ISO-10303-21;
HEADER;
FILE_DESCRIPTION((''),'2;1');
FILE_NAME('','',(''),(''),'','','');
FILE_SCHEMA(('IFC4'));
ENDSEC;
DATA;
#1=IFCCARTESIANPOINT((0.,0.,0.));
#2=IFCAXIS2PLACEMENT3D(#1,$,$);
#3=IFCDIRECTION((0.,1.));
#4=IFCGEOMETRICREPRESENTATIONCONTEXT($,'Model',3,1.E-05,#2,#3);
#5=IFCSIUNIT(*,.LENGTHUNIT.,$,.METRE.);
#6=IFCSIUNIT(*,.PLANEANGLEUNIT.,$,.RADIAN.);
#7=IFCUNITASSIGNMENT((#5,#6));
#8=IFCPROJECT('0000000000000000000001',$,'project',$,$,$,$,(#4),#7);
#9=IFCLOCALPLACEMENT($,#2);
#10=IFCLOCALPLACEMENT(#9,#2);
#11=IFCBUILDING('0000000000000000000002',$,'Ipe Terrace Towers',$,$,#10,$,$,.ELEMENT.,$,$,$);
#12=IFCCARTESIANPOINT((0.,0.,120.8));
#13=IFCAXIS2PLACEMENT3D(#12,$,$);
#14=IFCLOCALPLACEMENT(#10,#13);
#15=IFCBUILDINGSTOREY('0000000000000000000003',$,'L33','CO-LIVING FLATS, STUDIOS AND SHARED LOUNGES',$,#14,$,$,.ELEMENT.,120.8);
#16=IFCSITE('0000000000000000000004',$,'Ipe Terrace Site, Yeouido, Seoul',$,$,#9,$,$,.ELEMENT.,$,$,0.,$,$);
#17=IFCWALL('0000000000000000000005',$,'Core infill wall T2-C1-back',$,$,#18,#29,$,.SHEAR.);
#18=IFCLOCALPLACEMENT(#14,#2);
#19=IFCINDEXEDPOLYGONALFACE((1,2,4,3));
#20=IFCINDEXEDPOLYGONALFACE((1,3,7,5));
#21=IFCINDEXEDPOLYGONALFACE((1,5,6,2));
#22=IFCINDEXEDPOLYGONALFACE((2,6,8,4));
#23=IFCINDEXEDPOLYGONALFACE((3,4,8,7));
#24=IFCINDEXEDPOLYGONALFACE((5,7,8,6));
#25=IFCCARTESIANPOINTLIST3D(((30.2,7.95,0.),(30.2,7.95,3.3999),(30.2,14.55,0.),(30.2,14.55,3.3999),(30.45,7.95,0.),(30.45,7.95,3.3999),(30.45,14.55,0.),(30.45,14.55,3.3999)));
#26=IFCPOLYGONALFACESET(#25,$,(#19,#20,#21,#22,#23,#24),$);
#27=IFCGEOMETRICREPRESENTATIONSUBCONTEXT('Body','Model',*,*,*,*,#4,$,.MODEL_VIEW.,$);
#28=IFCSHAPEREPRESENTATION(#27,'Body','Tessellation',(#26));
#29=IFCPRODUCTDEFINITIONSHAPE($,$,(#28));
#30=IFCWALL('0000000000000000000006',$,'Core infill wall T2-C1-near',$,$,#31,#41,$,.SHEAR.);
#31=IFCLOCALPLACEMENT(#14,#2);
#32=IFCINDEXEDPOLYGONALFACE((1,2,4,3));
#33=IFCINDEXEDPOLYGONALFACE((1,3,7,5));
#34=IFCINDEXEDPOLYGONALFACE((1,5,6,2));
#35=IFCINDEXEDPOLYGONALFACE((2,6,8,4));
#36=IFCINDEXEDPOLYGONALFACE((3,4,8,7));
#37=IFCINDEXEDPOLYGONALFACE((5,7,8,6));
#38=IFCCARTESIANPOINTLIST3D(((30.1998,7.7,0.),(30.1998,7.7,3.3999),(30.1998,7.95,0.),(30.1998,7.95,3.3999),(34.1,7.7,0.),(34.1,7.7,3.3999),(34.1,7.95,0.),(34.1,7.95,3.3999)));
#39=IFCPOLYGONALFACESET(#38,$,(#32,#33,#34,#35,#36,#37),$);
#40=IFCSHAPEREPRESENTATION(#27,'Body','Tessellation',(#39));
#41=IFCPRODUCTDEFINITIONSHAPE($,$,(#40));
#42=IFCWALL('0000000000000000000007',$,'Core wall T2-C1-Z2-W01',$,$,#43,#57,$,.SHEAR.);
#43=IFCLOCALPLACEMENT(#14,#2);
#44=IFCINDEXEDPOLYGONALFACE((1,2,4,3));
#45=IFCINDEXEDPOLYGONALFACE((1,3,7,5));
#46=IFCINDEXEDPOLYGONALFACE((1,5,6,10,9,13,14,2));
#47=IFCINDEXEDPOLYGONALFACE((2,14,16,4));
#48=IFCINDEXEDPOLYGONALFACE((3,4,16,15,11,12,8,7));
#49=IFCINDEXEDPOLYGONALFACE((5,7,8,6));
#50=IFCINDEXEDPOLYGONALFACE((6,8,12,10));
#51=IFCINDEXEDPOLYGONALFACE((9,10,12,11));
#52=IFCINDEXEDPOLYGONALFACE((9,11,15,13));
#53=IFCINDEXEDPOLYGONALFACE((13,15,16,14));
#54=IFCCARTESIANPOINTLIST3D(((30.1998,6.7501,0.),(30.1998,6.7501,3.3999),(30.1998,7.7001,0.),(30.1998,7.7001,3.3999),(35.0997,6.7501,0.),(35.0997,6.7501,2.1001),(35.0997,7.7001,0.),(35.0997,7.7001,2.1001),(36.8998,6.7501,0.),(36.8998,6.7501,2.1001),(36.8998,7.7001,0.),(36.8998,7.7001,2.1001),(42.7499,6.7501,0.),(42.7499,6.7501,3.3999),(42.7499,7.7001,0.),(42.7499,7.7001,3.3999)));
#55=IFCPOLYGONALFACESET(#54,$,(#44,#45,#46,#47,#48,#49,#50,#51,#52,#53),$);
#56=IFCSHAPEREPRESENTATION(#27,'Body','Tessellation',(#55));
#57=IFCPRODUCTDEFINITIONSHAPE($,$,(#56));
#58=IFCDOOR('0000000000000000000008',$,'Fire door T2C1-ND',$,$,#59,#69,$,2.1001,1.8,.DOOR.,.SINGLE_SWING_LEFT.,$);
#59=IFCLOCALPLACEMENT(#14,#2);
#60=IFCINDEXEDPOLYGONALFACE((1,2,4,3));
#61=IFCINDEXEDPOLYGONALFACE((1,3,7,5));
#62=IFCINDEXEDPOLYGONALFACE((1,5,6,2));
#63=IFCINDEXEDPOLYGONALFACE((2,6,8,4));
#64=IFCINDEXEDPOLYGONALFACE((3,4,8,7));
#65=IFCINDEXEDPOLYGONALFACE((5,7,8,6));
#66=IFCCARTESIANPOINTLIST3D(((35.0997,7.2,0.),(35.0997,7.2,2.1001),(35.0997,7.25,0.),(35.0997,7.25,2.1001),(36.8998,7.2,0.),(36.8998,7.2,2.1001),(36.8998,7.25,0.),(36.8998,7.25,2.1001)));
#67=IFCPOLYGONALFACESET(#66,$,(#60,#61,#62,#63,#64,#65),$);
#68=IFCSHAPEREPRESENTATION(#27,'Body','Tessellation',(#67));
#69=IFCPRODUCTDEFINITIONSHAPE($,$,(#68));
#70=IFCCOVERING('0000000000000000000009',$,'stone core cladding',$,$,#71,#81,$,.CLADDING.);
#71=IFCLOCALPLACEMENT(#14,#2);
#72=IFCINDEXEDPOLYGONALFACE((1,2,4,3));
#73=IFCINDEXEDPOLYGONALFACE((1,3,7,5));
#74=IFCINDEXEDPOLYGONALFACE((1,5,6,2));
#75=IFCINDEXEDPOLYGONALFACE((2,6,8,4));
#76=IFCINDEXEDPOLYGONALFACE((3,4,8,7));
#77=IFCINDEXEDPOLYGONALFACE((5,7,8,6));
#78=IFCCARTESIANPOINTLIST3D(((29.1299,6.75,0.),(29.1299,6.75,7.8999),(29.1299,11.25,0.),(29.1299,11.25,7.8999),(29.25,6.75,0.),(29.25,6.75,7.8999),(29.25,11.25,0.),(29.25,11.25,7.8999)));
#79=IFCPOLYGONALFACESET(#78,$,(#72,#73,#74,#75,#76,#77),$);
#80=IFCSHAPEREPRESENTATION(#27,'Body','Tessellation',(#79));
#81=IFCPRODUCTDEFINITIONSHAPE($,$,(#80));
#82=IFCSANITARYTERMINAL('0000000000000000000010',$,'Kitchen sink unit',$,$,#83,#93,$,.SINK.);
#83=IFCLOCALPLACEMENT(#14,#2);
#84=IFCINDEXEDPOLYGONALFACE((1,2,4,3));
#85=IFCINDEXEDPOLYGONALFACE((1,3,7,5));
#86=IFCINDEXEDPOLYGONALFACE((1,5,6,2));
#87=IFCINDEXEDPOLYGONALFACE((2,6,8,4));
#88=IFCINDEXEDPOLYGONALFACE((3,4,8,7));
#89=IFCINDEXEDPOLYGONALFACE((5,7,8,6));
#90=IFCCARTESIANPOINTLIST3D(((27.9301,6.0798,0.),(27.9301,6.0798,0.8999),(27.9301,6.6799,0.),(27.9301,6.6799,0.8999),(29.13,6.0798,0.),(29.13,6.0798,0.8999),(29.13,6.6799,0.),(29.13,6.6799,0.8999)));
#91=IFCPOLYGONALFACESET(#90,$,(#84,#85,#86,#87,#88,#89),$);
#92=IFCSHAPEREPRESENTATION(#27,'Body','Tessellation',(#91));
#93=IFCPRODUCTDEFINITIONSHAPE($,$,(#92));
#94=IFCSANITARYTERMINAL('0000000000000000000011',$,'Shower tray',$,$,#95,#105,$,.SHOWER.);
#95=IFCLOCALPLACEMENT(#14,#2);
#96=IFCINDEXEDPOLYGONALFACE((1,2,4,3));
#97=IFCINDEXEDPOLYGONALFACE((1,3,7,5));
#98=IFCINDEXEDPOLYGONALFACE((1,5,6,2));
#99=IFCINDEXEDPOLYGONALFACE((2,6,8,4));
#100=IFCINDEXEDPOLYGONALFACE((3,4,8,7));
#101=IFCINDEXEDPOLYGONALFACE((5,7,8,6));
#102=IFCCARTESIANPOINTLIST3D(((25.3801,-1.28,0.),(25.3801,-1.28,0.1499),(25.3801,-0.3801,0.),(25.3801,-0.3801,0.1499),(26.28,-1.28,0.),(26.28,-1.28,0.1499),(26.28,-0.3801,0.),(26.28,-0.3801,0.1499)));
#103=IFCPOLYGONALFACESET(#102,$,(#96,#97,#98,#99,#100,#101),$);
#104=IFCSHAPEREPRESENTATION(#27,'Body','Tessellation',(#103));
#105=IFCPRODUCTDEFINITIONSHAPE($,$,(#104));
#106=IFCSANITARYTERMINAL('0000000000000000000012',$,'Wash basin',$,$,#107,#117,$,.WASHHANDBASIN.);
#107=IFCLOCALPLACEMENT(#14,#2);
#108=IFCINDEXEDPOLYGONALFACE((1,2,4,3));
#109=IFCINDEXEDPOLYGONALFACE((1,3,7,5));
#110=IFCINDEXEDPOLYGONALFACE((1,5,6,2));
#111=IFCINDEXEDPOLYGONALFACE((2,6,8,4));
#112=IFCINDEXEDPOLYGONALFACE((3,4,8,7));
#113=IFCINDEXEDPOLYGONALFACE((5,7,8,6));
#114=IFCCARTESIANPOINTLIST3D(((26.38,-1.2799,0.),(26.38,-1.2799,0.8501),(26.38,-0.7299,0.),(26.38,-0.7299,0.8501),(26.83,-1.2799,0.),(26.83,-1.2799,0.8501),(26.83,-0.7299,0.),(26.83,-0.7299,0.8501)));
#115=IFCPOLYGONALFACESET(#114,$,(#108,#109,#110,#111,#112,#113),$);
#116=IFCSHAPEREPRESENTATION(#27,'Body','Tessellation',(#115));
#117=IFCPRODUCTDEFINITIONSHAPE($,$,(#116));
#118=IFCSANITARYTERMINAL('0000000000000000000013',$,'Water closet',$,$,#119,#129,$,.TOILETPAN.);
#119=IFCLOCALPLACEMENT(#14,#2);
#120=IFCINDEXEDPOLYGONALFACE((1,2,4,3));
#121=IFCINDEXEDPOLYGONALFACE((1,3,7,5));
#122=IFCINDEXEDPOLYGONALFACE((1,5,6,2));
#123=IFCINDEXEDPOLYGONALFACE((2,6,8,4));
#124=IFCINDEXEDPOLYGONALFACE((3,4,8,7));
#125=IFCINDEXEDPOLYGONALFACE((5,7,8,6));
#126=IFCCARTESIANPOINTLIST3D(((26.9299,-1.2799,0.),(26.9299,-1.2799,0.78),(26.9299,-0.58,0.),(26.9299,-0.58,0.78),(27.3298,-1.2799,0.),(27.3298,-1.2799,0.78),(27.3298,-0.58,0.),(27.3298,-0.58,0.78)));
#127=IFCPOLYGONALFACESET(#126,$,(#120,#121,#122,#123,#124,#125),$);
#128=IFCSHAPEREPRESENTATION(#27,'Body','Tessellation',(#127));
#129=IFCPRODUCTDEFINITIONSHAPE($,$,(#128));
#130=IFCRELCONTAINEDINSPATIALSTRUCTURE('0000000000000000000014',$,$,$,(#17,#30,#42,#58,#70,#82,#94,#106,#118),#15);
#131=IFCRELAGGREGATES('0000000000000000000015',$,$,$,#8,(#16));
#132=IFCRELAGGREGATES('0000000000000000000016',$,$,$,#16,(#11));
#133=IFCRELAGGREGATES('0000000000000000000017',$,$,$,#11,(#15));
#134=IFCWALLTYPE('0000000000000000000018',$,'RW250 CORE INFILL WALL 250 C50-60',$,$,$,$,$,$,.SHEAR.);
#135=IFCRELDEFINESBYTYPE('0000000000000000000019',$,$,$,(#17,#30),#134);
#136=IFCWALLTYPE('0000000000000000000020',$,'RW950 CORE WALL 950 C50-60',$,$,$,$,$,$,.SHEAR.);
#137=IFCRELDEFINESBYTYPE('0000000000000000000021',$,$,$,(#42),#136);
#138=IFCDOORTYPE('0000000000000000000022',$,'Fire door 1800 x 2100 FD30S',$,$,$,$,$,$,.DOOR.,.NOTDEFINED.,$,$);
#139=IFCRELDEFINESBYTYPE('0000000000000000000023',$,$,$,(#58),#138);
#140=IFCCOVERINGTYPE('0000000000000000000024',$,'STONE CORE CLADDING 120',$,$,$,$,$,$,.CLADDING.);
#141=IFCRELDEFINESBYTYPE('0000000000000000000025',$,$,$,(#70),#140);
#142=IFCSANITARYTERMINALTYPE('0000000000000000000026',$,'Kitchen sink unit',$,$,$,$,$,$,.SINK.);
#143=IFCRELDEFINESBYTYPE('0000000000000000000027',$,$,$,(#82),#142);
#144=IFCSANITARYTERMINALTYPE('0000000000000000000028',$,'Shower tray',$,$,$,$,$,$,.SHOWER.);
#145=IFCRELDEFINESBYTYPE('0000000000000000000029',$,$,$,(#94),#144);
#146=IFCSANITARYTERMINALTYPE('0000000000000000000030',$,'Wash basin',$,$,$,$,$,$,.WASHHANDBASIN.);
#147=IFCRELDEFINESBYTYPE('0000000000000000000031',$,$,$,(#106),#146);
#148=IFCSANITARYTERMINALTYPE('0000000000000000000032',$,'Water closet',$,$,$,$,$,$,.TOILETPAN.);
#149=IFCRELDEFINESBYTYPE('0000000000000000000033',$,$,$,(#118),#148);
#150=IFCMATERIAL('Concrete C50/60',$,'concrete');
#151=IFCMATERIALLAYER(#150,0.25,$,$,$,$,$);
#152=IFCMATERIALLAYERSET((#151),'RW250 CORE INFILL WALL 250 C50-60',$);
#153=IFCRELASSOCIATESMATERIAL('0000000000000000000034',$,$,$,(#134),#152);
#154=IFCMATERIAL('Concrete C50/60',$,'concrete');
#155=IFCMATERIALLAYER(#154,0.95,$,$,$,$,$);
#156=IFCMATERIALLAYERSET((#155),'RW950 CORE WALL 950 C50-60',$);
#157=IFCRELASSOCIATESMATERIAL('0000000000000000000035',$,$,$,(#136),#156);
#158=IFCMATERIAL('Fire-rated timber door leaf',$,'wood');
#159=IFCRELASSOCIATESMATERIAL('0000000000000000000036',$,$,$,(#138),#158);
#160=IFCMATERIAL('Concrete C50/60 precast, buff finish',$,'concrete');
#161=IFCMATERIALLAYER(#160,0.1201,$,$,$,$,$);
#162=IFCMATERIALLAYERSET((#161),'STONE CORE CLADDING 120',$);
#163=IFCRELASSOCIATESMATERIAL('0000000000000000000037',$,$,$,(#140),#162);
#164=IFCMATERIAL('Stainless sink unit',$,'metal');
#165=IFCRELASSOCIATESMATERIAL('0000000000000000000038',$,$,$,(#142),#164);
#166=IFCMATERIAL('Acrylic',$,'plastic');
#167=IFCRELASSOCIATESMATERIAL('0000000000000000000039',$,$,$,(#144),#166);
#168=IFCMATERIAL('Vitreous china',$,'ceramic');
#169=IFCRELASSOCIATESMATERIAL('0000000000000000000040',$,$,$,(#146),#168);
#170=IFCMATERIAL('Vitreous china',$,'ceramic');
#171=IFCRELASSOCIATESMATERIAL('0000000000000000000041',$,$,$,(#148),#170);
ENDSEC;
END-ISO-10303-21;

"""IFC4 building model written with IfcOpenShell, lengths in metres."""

from ifc_helpers import new_model, si_unit, direction, frame, frame_2d, origin, origin_2d, place, context, subcontext, project, spatial, rectangle, extrude, material, layer, layer_set, type_object, element, fill, save


model = new_model("IFC4")

# Units and contexts
model_context = context("Model", 3, precision=1e-05, world=origin(), true_north=direction((0.0, 1.0)))
body_context = subcontext(model_context, "Body", "Model", "MODEL_VIEW")
ifc_project = project(units=[si_unit("LENGTHUNIT", "METRE"), si_unit("PLANEANGLEUNIT", "RADIAN")], contexts=[model_context])

# Site, building, storey
site_placement = place(None, origin())
site = spatial("IfcSite", under=ifc_project, at=site_placement, Name="Ipe Terrace Site, Yeouido, Seoul", CompositionType="ELEMENT", RefElevation=0.0)
building_placement = place(site_placement, origin())
building = spatial("IfcBuilding", under=site, at=building_placement, Name="Ipe Terrace Towers", CompositionType="ELEMENT")
storey_placement = place(building_placement, frame((0.0, 0.0, 120.8)))
storey = spatial("IfcBuildingStorey", under=building, at=storey_placement, Name="L33", Description="CO-LIVING FLATS, STUDIOS AND SHARED LOUNGES", CompositionType="ELEMENT", Elevation=120.8)

# Walls
ifc_material_1 = material(Name="Concrete C50/60", Category="concrete")
ifc_layer_1 = layer(ifc_material_1, 0.25)
ifc_layer_set_1 = layer_set([ifc_layer_1], Name="RW250 CORE INFILL WALL 250 C50-60")
wall_type_1 = type_object("IfcWallType", Name="RW250 CORE INFILL WALL 250 C50-60", PredefinedType="SHEAR", material=ifc_layer_set_1)
wall_1_placement = place(storey_placement, frame((30.325, 7.95, 0.0), z_axis=(0.0, 0.0, 1.0), x_axis=(0.0, 1.0, 0.0)))
element("IfcWall", 1, at=wall_1_placement, inside=storey, type_object=wall_type_1, Name="Core infill wall T2-C1-back", PredefinedType="SHEAR", context=body_context, shape_type="SweptSolid", body=[
    extrude(rectangle(XDim=6.6001, YDim=0.25, at=frame_2d((3.3, 0.0))), origin(), (0.0, 0.0, 1.0), 3.3999),
])
wall_2_placement = place(storey_placement, frame((34.1001, 7.825, 0.0), z_axis=(0.0, 0.0, 1.0), x_axis=(-1.0, 0.0, 0.0)))
element("IfcWall", 2, at=wall_2_placement, inside=storey, type_object=wall_type_1, Name="Core infill wall T2-C1-near", PredefinedType="SHEAR", context=body_context, shape_type="SweptSolid", body=[
    extrude(rectangle(XDim=3.9001, YDim=0.25, at=frame_2d((1.9502, 0.0))), origin(), (0.0, 0.0, 1.0), 3.3999),
])

# Wall, opening, door
ifc_material_2 = material(Name="Concrete C50/60", Category="concrete")
ifc_layer_2 = layer(ifc_material_2, 0.95)
ifc_layer_set_2 = layer_set([ifc_layer_2], Name="RW950 CORE WALL 950 C50-60")
wall_type_2 = type_object("IfcWallType", Name="RW950 CORE WALL 950 C50-60", PredefinedType="SHEAR", material=ifc_layer_set_2)
wall_3_placement = place(storey_placement, frame((30.2, 7.2251, 0.0), z_axis=(0.0, 0.0, 1.0), x_axis=(1.0, 0.0, 0.0)))
wall_3 = element("IfcWall", 3, at=wall_3_placement, inside=storey, type_object=wall_type_2, Name="Core wall T2-C1-Z2-W01", PredefinedType="SHEAR", context=body_context, shape_type="SweptSolid", body=[
    extrude(rectangle(XDim=12.55, YDim=0.95, at=frame_2d((6.2749, 0.0))), origin(), (0.0, 0.0, 1.0), 3.3999),
])
opening_1_placement = place(wall_3_placement, frame((4.8999, 0.0, 0.0)))
opening_1 = element("IfcOpeningElement", 4, at=opening_1_placement, cuts=wall_3, PredefinedType="OPENING", context=body_context, shape_type="SweptSolid", body=[
    extrude(rectangle(XDim=1.8, YDim=2.1001, at=frame_2d((0.8999, 1.05))), frame((0.0, 0.4849, 0.0), z_axis=(0.0, -1.0, 0.0), x_axis=(1.0, 0.0, 0.0)), (0.0, 0.0, 1.0), 0.97),
])
ifc_material_3 = material(Name="Fire-rated timber door leaf", Category="wood")
door_type_1 = type_object("IfcDoorType", Name="Fire door 1800 x 2100 FD30S", OperationType="NOTDEFINED", PredefinedType="DOOR", material=ifc_material_3)
door_1_placement = place(opening_1_placement, origin())
door_1 = element("IfcDoor", 5, at=door_1_placement, inside=storey, type_object=door_type_1, Name="Fire door T2C1-ND", OperationType="SINGLE_SWING_LEFT", OverallHeight=2.1001, OverallWidth=1.8, PredefinedType="DOOR", context=body_context, shape_type="SweptSolid", body=[
    extrude(rectangle(XDim=1.8, YDim=2.1001, at=frame_2d((0.8999, 1.05))), frame((0.0, 0.0249, 0.0), z_axis=(0.0, -1.0, 0.0), x_axis=(1.0, 0.0, 0.0)), (0.0, 0.0, 1.0), 0.05),
])
fill(opening_1, door_1)

# Covering
ifc_material_4 = material(Name="Concrete C50/60 precast, buff finish", Category="concrete")
ifc_layer_3 = layer(ifc_material_4, 0.1201)
ifc_layer_set_3 = layer_set([ifc_layer_3], Name="STONE CORE CLADDING 120")
covering_type = type_object("IfcCoveringType", Name="STONE CORE CLADDING 120", PredefinedType="CLADDING", material=ifc_layer_set_3)
covering_placement = place(storey_placement, frame((29.1899, 9.0, 0.0), z_axis=(0.0, 0.0, 1.0), x_axis=(0.0, -1.0, 0.0)))
element("IfcCovering", 6, at=covering_placement, inside=storey, type_object=covering_type, Name="stone core cladding", PredefinedType="CLADDING", context=body_context, shape_type="SweptSolid", body=[
    extrude(rectangle(XDim=4.5, YDim=0.1201, at=origin_2d()), origin(), (0.0, 0.0, 1.0), 7.8999),
])

# Sanitary terminals
ifc_material_5 = material(Name="Stainless sink unit", Category="metal")
sanitary_terminal_type_1 = type_object("IfcSanitaryTerminalType", Name="Kitchen sink unit", PredefinedType="SINK", material=ifc_material_5)
sanitary_terminal_1_placement = place(storey_placement, frame((28.53, 6.3799, 0.0), z_axis=(0.0, 0.0, 1.0), x_axis=(1.0, 0.0, 0.0)))
element("IfcSanitaryTerminal", 7, at=sanitary_terminal_1_placement, inside=storey, type_object=sanitary_terminal_type_1, Name="Kitchen sink unit", PredefinedType="SINK", context=body_context, shape_type="SweptSolid", body=[
    extrude(rectangle(XDim=1.2, YDim=0.6001, at=origin_2d()), origin(), (0.0, 0.0, 1.0), 0.8999),
])
ifc_material_6 = material(Name="Acrylic", Category="plastic")
sanitary_terminal_type_2 = type_object("IfcSanitaryTerminalType", Name="Shower tray", PredefinedType="SHOWER", material=ifc_material_6)
sanitary_terminal_2_placement = place(storey_placement, frame((25.8301, -0.8301, 0.0), z_axis=(0.0, 0.0, 1.0), x_axis=(0.0, 1.0, 0.0)))
element("IfcSanitaryTerminal", 8, at=sanitary_terminal_2_placement, inside=storey, type_object=sanitary_terminal_type_2, Name="Shower tray", PredefinedType="SHOWER", context=body_context, shape_type="SweptSolid", body=[
    extrude(rectangle(XDim=0.8999, YDim=0.8999, at=origin_2d()), origin(), (0.0, 0.0, 1.0), 0.1499),
])
ifc_material_7 = material(Name="Vitreous china", Category="ceramic")
sanitary_terminal_type_3 = type_object("IfcSanitaryTerminalType", Name="Wash basin", PredefinedType="WASHHANDBASIN", material=ifc_material_7)
sanitary_terminal_3_placement = place(storey_placement, frame((26.605, -1.0049, 0.0), z_axis=(0.0, 0.0, 1.0), x_axis=(0.0, 1.0, 0.0)))
element("IfcSanitaryTerminal", 9, at=sanitary_terminal_3_placement, inside=storey, type_object=sanitary_terminal_type_3, Name="Wash basin", PredefinedType="WASHHANDBASIN", context=body_context, shape_type="SweptSolid", body=[
    extrude(rectangle(XDim=0.55, YDim=0.45, at=origin_2d()), origin(), (0.0, 0.0, 1.0), 0.8501),
])
ifc_material_8 = material(Name="Vitreous china", Category="ceramic")
sanitary_terminal_type_4 = type_object("IfcSanitaryTerminalType", Name="Water closet", PredefinedType="TOILETPAN", material=ifc_material_8)
sanitary_terminal_4_placement = place(storey_placement, frame((27.1299, -0.9299, 0.0), z_axis=(0.0, 0.0, 1.0), x_axis=(0.0, 1.0, 0.0)))
element("IfcSanitaryTerminal", 10, at=sanitary_terminal_4_placement, inside=storey, type_object=sanitary_terminal_type_4, Name="Water closet", PredefinedType="TOILETPAN", context=body_context, shape_type="SweptSolid", body=[
    extrude(rectangle(XDim=0.7, YDim=0.3999, at=origin_2d()), origin(), (0.0, 0.0, 1.0), 0.78),
])

save(model, "model.ifc")
